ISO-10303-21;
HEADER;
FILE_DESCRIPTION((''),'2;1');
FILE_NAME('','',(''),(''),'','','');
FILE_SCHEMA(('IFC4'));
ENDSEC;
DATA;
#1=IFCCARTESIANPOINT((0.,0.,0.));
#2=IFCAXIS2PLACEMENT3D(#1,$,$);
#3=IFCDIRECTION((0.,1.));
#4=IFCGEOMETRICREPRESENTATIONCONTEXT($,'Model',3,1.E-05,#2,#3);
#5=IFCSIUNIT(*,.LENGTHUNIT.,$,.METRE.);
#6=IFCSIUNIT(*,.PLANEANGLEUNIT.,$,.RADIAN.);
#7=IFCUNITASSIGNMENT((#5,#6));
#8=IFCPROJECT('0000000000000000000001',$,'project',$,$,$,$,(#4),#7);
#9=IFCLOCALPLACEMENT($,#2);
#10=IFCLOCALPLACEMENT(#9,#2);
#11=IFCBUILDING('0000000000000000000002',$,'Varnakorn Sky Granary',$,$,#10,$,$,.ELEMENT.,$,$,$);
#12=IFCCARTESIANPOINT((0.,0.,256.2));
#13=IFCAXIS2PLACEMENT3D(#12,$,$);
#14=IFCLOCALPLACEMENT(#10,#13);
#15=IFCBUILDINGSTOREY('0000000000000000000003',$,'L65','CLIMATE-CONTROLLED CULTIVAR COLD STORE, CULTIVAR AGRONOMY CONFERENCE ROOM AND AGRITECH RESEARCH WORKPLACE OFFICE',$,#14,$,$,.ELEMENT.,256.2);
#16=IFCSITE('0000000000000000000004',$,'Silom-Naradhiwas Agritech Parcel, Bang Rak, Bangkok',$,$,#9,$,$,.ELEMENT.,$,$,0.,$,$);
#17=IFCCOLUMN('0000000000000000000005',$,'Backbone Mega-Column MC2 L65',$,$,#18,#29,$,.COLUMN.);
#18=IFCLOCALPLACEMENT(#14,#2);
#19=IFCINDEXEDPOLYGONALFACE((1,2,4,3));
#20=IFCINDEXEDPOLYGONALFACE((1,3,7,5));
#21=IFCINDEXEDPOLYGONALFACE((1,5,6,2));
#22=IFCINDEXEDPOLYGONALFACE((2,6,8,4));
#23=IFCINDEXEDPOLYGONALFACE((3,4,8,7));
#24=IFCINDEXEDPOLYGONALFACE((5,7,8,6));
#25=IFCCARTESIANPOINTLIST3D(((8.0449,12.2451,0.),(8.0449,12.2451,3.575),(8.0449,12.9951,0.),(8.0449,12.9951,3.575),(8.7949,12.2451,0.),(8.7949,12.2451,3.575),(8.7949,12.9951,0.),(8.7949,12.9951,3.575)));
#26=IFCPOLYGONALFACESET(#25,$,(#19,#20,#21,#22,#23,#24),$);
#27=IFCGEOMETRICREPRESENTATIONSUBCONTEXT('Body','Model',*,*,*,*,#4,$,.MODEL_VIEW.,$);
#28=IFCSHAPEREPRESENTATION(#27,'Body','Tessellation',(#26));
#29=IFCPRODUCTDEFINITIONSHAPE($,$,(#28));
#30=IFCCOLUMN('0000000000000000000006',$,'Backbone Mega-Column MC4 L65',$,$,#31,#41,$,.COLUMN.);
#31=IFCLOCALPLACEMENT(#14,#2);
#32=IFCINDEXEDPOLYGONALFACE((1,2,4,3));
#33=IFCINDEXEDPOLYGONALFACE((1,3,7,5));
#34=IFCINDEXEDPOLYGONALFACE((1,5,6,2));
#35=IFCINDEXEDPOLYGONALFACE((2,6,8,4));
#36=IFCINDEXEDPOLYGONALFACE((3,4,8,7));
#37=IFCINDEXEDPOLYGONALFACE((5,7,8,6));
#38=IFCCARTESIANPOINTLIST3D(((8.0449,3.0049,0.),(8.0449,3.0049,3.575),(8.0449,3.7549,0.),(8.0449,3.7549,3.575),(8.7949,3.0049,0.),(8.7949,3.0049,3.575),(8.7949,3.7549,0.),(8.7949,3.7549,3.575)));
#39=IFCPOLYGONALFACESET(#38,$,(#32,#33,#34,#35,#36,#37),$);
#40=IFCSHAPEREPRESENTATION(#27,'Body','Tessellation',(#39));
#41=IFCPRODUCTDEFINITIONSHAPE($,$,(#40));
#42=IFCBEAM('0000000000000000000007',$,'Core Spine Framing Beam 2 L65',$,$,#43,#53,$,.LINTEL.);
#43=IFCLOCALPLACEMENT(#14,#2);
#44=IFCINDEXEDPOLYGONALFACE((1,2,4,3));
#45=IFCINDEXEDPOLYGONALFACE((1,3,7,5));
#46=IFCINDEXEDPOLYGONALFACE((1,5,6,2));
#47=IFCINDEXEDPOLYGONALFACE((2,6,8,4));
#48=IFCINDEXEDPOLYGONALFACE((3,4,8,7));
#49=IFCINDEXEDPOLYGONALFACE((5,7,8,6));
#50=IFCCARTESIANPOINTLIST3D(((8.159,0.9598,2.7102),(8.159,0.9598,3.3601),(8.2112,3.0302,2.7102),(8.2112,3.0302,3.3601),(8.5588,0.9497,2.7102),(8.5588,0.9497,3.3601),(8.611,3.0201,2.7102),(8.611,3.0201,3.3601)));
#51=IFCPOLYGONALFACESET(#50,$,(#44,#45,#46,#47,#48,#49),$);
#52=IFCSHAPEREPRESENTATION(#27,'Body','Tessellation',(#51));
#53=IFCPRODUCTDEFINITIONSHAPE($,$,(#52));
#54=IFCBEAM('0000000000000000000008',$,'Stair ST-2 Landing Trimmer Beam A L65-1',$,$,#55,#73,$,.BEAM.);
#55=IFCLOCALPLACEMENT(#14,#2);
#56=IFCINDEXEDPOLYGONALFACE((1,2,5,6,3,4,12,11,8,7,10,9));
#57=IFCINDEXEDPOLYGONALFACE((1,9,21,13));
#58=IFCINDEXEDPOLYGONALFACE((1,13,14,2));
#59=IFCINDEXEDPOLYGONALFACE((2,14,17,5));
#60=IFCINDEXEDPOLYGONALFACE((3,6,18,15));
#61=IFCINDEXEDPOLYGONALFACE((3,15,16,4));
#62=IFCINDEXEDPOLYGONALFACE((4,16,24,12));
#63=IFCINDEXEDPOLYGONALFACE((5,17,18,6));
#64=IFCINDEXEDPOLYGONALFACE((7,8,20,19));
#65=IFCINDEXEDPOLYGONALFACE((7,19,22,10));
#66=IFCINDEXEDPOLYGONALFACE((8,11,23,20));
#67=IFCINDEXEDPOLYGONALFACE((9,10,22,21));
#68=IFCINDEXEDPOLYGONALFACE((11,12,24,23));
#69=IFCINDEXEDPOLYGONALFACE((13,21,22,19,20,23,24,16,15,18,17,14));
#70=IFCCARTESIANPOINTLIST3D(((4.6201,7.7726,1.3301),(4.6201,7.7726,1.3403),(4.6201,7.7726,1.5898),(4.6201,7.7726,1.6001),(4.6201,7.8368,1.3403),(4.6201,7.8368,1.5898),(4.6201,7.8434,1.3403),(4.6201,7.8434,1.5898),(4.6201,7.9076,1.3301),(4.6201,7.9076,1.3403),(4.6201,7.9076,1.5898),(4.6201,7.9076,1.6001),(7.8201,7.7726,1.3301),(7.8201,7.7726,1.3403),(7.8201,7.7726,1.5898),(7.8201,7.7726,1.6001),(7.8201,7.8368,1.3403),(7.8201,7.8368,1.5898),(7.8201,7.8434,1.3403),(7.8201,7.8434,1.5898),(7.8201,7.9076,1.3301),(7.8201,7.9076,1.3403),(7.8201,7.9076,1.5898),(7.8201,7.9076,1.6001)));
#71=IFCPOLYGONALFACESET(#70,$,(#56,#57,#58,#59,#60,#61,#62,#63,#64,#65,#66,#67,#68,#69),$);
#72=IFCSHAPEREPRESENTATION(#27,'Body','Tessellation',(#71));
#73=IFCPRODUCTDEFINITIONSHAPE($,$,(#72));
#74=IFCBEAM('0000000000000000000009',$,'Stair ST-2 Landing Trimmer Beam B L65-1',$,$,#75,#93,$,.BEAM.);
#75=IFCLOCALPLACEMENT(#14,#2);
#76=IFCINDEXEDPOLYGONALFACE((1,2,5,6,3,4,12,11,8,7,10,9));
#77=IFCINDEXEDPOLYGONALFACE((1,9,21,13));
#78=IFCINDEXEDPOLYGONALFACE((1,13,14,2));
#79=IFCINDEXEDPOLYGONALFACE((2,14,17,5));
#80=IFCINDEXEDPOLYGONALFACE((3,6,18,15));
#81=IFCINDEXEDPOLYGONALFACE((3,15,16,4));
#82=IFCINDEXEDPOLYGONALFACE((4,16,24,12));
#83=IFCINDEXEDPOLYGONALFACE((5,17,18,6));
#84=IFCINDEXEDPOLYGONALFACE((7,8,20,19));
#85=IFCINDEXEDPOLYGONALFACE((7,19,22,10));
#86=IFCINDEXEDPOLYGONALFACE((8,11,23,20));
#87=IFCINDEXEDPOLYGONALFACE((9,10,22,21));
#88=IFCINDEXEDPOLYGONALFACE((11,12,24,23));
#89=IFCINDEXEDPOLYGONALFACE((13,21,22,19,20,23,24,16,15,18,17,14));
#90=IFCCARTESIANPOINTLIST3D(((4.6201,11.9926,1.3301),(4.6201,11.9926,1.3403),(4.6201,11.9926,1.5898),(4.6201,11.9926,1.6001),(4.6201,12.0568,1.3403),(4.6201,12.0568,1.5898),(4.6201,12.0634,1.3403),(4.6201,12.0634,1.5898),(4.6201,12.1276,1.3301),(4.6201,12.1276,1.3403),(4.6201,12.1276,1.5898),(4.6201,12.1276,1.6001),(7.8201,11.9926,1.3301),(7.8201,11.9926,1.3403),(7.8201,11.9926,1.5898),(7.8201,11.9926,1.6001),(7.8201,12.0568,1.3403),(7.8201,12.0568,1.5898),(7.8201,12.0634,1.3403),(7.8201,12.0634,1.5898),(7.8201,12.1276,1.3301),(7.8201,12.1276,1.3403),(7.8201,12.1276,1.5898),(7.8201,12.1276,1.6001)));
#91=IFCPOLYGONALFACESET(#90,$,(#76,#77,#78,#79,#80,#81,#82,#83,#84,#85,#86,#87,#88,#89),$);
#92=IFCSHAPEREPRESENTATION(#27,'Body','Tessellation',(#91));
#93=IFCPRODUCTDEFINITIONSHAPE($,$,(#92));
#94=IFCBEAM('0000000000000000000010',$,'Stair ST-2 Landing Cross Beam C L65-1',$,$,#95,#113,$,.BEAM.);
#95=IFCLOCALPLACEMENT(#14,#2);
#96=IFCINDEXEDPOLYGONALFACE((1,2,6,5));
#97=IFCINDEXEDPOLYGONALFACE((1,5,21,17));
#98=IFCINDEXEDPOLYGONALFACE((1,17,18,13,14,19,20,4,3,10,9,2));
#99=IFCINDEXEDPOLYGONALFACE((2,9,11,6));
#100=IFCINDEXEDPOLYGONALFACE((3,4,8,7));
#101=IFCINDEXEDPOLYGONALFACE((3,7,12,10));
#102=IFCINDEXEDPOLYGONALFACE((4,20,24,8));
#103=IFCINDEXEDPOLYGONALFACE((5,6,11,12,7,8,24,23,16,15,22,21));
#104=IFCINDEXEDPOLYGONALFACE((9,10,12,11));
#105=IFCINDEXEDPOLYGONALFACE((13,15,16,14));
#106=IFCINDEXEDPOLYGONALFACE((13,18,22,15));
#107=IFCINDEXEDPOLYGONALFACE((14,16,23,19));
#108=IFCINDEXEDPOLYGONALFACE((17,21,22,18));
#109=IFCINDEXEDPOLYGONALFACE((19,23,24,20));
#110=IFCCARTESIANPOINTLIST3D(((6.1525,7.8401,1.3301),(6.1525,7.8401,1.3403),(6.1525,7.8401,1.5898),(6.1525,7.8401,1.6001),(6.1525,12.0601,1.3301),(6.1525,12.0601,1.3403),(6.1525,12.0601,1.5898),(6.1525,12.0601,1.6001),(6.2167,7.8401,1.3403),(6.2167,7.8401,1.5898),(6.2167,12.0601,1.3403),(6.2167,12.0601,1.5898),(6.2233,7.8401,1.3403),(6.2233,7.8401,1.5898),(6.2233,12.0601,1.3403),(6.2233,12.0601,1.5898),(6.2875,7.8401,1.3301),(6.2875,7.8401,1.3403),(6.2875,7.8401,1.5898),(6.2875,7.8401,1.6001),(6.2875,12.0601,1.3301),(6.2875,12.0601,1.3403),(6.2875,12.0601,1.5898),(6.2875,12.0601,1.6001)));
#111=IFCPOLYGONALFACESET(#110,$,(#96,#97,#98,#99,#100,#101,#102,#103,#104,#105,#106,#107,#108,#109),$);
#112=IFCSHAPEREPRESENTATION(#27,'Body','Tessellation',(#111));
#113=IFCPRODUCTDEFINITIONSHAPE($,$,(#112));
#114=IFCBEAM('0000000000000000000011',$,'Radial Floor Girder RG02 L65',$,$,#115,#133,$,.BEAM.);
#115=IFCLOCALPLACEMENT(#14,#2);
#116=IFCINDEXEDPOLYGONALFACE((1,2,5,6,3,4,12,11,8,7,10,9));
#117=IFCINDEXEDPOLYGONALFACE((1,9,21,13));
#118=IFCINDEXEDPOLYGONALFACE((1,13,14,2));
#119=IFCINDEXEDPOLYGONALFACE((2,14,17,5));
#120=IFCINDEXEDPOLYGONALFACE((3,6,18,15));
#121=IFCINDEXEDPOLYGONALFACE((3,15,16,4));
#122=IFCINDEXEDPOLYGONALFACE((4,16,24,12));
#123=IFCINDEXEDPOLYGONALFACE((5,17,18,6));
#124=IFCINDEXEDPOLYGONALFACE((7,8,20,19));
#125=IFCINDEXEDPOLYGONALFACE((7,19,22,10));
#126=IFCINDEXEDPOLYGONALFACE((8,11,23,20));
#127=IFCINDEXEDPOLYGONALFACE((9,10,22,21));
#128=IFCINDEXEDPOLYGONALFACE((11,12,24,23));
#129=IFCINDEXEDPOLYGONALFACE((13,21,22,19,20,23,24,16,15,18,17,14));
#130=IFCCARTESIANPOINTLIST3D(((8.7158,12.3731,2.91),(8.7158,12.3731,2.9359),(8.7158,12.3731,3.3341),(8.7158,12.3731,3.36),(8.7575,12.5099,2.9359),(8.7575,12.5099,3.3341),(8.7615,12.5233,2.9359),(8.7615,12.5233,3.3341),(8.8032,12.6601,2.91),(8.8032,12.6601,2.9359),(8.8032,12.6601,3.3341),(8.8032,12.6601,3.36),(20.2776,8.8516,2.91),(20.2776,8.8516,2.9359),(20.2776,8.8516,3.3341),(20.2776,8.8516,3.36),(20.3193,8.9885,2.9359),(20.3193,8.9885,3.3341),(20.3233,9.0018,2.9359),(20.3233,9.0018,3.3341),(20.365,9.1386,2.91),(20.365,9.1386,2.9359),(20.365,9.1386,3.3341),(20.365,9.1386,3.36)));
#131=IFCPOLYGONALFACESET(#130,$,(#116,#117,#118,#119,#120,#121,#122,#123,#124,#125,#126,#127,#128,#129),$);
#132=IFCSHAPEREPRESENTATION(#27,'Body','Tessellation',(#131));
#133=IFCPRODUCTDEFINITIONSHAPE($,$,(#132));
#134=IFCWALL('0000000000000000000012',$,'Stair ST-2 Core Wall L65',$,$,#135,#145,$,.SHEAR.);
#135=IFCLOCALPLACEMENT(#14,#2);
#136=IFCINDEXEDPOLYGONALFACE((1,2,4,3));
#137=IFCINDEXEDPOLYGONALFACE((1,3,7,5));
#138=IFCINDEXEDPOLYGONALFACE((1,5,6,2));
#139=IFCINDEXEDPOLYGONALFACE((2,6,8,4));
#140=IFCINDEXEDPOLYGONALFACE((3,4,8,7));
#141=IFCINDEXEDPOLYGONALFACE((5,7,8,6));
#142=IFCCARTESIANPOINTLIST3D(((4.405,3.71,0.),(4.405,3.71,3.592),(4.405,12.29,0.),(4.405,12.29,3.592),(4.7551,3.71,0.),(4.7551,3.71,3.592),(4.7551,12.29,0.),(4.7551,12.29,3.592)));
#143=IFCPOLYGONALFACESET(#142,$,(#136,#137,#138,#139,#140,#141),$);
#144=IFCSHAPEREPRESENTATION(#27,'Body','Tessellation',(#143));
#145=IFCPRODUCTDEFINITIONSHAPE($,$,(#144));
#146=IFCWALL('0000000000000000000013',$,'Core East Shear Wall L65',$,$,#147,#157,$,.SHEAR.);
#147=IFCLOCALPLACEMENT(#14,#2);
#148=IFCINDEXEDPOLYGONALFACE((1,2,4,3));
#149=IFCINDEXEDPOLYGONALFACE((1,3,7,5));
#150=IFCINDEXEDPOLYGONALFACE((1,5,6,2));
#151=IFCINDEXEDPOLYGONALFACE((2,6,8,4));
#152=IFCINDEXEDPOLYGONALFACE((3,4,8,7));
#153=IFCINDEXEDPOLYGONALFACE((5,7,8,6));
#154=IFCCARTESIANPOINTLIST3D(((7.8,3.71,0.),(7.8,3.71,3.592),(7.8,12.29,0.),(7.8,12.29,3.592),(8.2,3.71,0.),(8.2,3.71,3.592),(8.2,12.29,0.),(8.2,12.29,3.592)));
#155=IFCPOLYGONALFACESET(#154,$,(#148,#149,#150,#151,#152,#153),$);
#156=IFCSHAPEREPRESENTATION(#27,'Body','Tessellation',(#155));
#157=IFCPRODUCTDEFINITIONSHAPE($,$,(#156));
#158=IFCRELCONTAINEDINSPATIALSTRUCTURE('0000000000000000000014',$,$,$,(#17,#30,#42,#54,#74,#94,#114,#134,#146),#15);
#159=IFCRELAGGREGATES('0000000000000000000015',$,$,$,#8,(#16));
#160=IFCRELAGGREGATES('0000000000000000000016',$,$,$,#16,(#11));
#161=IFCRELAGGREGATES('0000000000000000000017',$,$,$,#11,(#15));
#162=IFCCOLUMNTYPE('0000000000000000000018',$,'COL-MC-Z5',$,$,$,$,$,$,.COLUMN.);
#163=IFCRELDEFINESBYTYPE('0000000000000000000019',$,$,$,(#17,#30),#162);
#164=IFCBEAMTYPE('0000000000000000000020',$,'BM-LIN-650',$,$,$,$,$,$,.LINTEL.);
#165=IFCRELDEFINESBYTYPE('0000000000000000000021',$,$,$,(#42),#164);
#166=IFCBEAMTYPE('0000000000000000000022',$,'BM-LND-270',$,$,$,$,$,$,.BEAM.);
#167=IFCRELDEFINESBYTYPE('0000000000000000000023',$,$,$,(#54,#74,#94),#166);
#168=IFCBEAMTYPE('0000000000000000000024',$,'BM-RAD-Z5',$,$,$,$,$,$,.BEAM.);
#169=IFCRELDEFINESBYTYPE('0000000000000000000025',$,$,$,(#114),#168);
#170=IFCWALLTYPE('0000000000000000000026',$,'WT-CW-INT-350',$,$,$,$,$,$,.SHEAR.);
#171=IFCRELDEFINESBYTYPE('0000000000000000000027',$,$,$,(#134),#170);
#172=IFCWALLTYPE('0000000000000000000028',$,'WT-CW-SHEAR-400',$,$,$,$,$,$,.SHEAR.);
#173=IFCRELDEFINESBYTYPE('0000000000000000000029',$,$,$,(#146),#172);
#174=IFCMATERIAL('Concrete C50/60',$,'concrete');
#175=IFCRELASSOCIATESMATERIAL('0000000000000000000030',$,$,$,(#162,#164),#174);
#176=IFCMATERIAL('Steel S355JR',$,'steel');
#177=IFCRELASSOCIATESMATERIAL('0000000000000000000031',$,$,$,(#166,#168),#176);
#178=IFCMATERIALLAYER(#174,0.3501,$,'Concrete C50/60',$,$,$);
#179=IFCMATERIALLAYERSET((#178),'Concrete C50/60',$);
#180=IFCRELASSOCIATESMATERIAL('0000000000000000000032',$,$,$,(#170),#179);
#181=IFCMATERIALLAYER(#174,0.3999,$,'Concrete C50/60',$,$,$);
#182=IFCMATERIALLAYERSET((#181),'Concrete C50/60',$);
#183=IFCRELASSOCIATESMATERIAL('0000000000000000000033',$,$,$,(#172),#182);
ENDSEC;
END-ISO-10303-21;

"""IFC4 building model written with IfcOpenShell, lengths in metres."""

from ifc_helpers import new_model, si_unit, direction, frame, frame_2d, origin, origin_2d, place, context, subcontext, project, spatial, rectangle, i_section, extrude, material, layer, layer_set, material_profile, profile_set, type_object, element, save


model = new_model("IFC4")

# Units and contexts
model_context = context("Model", 3, precision=1e-05, world=origin(), true_north=direction((0.0, 1.0)))
body_context = subcontext(model_context, "Body", "Model", "MODEL_VIEW")
ifc_project = project(units=[si_unit("LENGTHUNIT", "METRE"), si_unit("PLANEANGLEUNIT", "RADIAN")], contexts=[model_context])

# Site, building, storey
site_placement = place(None, origin())
site = spatial("IfcSite", under=ifc_project, at=site_placement, Name="Silom-Naradhiwas Agritech Parcel, Bang Rak, Bangkok", CompositionType="ELEMENT", RefElevation=0.0)
building_placement = place(site_placement, origin())
building = spatial("IfcBuilding", under=site, at=building_placement, Name="Varnakorn Sky Granary", CompositionType="ELEMENT")
storey_placement = place(building_placement, frame((0.0, 0.0, 256.2)))
storey = spatial("IfcBuildingStorey", under=building, at=storey_placement, Name="L65", Description="CLIMATE-CONTROLLED CULTIVAR COLD STORE, CULTIVAR AGRONOMY CONFERENCE ROOM AND AGRITECH RESEARCH WORKPLACE OFFICE", CompositionType="ELEMENT", Elevation=256.2)

# Columns
ifc_material_1 = material(Name="Concrete C50/60", Category="concrete")
ifc_material_profile_1 = material_profile(ifc_material_1, rectangle(XDim=0.75, YDim=0.75, at=origin_2d()), Name="RC 750x750")
ifc_profile_set_1 = profile_set([ifc_material_profile_1], Name="Concrete C50/60")
column_type = type_object("IfcColumnType", Name="COL-MC-Z5", PredefinedType="COLUMN", material=ifc_profile_set_1)
for number, where, z_axis, x_axis, name in (
    (1, (8.4199, 12.6201, 0.0), (0.0, 0.0, 1.0), (1.0, 0.0, 0.0), "Backbone Mega-Column MC2 L65"),
    (2, (8.4199, 3.3799, 0.0), (0.0, 0.0, 1.0), (1.0, 0.0, 0.0), "Backbone Mega-Column MC4 L65"),
):
    element("IfcColumn", number, at=place(storey_placement, frame(where, z_axis=z_axis, x_axis=x_axis)), inside=storey, type_object=column_type, Name=name, PredefinedType="COLUMN", context=body_context, shape_type="SweptSolid", body=[
        extrude(rectangle(XDim=0.75, YDim=0.75, at=origin_2d()), origin(), (0.0, 0.0, 1.0), 3.575),
    ])

# Beams
ifc_material_profile_2 = material_profile(ifc_material_1, rectangle(XDim=0.3999, YDim=0.6499, at=origin_2d()), Name="RC 400x650")
ifc_profile_set_2 = profile_set([ifc_material_profile_2], Name="Concrete C50/60")
beam_type_1 = type_object("IfcBeamType", Name="BM-LIN-650", PredefinedType="LINTEL", material=ifc_profile_set_2)
beam_1_placement = place(storey_placement, frame((8.4111, 3.0251, 3.0352), z_axis=(-0.025228, -0.999682, 0.0), x_axis=(0.999682, -0.025228, 0.0)))
element("IfcBeam", 3, at=beam_1_placement, inside=storey, type_object=beam_type_1, Name="Core Spine Framing Beam 2 L65", PredefinedType="LINTEL", context=body_context, shape_type="SweptSolid", body=[
    extrude(rectangle(XDim=0.3999, YDim=0.6499, at=origin_2d()), origin(), (0.0, 0.0, 1.0), 2.071),
])
ifc_material_2 = material(Name="Steel S355JR", Category="steel")
ifc_material_profile_3 = material_profile(ifc_material_2, i_section(OverallWidth=0.135, OverallDepth=0.27, WebThickness=0.0066, FlangeThickness=0.0103, at=origin_2d()), Name="IPE 270")
ifc_profile_set_3 = profile_set([ifc_material_profile_3], Name="Steel S355JR")
beam_type_2 = type_object("IfcBeamType", Name="BM-LND-270", PredefinedType="BEAM", material=ifc_profile_set_3)
for number, where, z_axis, x_axis, name in (
    (4, (4.6201, 7.8401, 1.4651), (1.0, 0.0, 0.0), (0.0, 1.0, 0.0), "Stair ST-2 Landing Trimmer Beam A L65-1"),
    (5, (4.6201, 12.0601, 1.4651), (1.0, 0.0, 0.0), (0.0, 1.0, 0.0), "Stair ST-2 Landing Trimmer Beam B L65-1"),
):
    element("IfcBeam", number, at=place(storey_placement, frame(where, z_axis=z_axis, x_axis=x_axis)), inside=storey, type_object=beam_type_2, Name=name, PredefinedType="BEAM", context=body_context, shape_type="SweptSolid", body=[
        extrude(i_section(OverallWidth=0.135, OverallDepth=0.27, WebThickness=0.0066, FlangeThickness=0.0103, at=origin_2d()), origin(), (0.0, 0.0, 1.0), 3.2),
    ])
beam_2_placement = place(storey_placement, frame((6.22, 7.8401, 1.4651), z_axis=(0.0, 1.0, 0.0), x_axis=(-1.0, 0.0, 0.0)))
element("IfcBeam", 6, at=beam_2_placement, inside=storey, type_object=beam_type_2, Name="Stair ST-2 Landing Cross Beam C L65-1", PredefinedType="BEAM", context=body_context, shape_type="SweptSolid", body=[
    extrude(i_section(OverallWidth=0.135, OverallDepth=0.27, WebThickness=0.0066, FlangeThickness=0.0103, at=origin_2d()), origin(), (0.0, 0.0, 1.0), 4.22),
])
ifc_material_profile_4 = material_profile(ifc_material_2, i_section(OverallWidth=0.3, OverallDepth=0.45, WebThickness=0.0139, FlangeThickness=0.0259, at=origin_2d()), Name="HE 450 B")
ifc_profile_set_4 = profile_set([ifc_material_profile_4], Name="Steel S355JR")
beam_type_3 = type_object("IfcBeamType", Name="BM-RAD-Z5", PredefinedType="BEAM", material=ifc_profile_set_4)
beam_3_placement = place(storey_placement, frame((8.7595, 12.5166, 3.135), z_axis=(0.956612, -0.291365, 0.0), x_axis=(0.291365, 0.956612, 0.0)))
element("IfcBeam", 7, at=beam_3_placement, inside=storey, type_object=beam_type_3, Name="Radial Floor Girder RG02 L65", PredefinedType="BEAM", context=body_context, shape_type="SweptSolid", body=[
    extrude(i_section(OverallWidth=0.3, OverallDepth=0.45, WebThickness=0.0139, FlangeThickness=0.0259, at=origin_2d()), origin(), (0.0, 0.0, 1.0), 12.0862),
])

# Walls
ifc_layer_1 = layer(ifc_material_1, 0.3501, Name="Concrete C50/60")
ifc_layer_set_1 = layer_set([ifc_layer_1], Name="Concrete C50/60")
wall_type_1 = type_object("IfcWallType", Name="WT-CW-INT-350", PredefinedType="SHEAR", material=ifc_layer_set_1)
wall_1_placement = place(storey_placement, frame((4.5801, 3.71, 0.0), z_axis=(0.0, 0.0, 1.0), x_axis=(0.0, 1.0, 0.0)))
element("IfcWall", 8, at=wall_1_placement, inside=storey, type_object=wall_type_1, Name="Stair ST-2 Core Wall L65", PredefinedType="SHEAR", context=body_context, shape_type="SweptSolid", body=[
    extrude(rectangle(XDim=8.5801, YDim=0.3501, at=frame_2d((4.29, 0.0))), origin(), (0.0, 0.0, 1.0), 3.592),
])
ifc_layer_2 = layer(ifc_material_1, 0.3999, Name="Concrete C50/60")
ifc_layer_set_2 = layer_set([ifc_layer_2], Name="Concrete C50/60")
wall_type_2 = type_object("IfcWallType", Name="WT-CW-SHEAR-400", PredefinedType="SHEAR", material=ifc_layer_set_2)
wall_2_placement = place(storey_placement, frame((8.0, 3.71, 0.0), z_axis=(0.0, 0.0, 1.0), x_axis=(0.0, 1.0, 0.0)))
element("IfcWall", 9, at=wall_2_placement, inside=storey, type_object=wall_type_2, Name="Core East Shear Wall L65", PredefinedType="SHEAR", context=body_context, shape_type="SweptSolid", body=[
    extrude(rectangle(XDim=8.5801, YDim=0.3999, at=frame_2d((4.29, 0.0))), origin(), (0.0, 0.0, 1.0), 3.592),
])

save(model, "model.ifc")
